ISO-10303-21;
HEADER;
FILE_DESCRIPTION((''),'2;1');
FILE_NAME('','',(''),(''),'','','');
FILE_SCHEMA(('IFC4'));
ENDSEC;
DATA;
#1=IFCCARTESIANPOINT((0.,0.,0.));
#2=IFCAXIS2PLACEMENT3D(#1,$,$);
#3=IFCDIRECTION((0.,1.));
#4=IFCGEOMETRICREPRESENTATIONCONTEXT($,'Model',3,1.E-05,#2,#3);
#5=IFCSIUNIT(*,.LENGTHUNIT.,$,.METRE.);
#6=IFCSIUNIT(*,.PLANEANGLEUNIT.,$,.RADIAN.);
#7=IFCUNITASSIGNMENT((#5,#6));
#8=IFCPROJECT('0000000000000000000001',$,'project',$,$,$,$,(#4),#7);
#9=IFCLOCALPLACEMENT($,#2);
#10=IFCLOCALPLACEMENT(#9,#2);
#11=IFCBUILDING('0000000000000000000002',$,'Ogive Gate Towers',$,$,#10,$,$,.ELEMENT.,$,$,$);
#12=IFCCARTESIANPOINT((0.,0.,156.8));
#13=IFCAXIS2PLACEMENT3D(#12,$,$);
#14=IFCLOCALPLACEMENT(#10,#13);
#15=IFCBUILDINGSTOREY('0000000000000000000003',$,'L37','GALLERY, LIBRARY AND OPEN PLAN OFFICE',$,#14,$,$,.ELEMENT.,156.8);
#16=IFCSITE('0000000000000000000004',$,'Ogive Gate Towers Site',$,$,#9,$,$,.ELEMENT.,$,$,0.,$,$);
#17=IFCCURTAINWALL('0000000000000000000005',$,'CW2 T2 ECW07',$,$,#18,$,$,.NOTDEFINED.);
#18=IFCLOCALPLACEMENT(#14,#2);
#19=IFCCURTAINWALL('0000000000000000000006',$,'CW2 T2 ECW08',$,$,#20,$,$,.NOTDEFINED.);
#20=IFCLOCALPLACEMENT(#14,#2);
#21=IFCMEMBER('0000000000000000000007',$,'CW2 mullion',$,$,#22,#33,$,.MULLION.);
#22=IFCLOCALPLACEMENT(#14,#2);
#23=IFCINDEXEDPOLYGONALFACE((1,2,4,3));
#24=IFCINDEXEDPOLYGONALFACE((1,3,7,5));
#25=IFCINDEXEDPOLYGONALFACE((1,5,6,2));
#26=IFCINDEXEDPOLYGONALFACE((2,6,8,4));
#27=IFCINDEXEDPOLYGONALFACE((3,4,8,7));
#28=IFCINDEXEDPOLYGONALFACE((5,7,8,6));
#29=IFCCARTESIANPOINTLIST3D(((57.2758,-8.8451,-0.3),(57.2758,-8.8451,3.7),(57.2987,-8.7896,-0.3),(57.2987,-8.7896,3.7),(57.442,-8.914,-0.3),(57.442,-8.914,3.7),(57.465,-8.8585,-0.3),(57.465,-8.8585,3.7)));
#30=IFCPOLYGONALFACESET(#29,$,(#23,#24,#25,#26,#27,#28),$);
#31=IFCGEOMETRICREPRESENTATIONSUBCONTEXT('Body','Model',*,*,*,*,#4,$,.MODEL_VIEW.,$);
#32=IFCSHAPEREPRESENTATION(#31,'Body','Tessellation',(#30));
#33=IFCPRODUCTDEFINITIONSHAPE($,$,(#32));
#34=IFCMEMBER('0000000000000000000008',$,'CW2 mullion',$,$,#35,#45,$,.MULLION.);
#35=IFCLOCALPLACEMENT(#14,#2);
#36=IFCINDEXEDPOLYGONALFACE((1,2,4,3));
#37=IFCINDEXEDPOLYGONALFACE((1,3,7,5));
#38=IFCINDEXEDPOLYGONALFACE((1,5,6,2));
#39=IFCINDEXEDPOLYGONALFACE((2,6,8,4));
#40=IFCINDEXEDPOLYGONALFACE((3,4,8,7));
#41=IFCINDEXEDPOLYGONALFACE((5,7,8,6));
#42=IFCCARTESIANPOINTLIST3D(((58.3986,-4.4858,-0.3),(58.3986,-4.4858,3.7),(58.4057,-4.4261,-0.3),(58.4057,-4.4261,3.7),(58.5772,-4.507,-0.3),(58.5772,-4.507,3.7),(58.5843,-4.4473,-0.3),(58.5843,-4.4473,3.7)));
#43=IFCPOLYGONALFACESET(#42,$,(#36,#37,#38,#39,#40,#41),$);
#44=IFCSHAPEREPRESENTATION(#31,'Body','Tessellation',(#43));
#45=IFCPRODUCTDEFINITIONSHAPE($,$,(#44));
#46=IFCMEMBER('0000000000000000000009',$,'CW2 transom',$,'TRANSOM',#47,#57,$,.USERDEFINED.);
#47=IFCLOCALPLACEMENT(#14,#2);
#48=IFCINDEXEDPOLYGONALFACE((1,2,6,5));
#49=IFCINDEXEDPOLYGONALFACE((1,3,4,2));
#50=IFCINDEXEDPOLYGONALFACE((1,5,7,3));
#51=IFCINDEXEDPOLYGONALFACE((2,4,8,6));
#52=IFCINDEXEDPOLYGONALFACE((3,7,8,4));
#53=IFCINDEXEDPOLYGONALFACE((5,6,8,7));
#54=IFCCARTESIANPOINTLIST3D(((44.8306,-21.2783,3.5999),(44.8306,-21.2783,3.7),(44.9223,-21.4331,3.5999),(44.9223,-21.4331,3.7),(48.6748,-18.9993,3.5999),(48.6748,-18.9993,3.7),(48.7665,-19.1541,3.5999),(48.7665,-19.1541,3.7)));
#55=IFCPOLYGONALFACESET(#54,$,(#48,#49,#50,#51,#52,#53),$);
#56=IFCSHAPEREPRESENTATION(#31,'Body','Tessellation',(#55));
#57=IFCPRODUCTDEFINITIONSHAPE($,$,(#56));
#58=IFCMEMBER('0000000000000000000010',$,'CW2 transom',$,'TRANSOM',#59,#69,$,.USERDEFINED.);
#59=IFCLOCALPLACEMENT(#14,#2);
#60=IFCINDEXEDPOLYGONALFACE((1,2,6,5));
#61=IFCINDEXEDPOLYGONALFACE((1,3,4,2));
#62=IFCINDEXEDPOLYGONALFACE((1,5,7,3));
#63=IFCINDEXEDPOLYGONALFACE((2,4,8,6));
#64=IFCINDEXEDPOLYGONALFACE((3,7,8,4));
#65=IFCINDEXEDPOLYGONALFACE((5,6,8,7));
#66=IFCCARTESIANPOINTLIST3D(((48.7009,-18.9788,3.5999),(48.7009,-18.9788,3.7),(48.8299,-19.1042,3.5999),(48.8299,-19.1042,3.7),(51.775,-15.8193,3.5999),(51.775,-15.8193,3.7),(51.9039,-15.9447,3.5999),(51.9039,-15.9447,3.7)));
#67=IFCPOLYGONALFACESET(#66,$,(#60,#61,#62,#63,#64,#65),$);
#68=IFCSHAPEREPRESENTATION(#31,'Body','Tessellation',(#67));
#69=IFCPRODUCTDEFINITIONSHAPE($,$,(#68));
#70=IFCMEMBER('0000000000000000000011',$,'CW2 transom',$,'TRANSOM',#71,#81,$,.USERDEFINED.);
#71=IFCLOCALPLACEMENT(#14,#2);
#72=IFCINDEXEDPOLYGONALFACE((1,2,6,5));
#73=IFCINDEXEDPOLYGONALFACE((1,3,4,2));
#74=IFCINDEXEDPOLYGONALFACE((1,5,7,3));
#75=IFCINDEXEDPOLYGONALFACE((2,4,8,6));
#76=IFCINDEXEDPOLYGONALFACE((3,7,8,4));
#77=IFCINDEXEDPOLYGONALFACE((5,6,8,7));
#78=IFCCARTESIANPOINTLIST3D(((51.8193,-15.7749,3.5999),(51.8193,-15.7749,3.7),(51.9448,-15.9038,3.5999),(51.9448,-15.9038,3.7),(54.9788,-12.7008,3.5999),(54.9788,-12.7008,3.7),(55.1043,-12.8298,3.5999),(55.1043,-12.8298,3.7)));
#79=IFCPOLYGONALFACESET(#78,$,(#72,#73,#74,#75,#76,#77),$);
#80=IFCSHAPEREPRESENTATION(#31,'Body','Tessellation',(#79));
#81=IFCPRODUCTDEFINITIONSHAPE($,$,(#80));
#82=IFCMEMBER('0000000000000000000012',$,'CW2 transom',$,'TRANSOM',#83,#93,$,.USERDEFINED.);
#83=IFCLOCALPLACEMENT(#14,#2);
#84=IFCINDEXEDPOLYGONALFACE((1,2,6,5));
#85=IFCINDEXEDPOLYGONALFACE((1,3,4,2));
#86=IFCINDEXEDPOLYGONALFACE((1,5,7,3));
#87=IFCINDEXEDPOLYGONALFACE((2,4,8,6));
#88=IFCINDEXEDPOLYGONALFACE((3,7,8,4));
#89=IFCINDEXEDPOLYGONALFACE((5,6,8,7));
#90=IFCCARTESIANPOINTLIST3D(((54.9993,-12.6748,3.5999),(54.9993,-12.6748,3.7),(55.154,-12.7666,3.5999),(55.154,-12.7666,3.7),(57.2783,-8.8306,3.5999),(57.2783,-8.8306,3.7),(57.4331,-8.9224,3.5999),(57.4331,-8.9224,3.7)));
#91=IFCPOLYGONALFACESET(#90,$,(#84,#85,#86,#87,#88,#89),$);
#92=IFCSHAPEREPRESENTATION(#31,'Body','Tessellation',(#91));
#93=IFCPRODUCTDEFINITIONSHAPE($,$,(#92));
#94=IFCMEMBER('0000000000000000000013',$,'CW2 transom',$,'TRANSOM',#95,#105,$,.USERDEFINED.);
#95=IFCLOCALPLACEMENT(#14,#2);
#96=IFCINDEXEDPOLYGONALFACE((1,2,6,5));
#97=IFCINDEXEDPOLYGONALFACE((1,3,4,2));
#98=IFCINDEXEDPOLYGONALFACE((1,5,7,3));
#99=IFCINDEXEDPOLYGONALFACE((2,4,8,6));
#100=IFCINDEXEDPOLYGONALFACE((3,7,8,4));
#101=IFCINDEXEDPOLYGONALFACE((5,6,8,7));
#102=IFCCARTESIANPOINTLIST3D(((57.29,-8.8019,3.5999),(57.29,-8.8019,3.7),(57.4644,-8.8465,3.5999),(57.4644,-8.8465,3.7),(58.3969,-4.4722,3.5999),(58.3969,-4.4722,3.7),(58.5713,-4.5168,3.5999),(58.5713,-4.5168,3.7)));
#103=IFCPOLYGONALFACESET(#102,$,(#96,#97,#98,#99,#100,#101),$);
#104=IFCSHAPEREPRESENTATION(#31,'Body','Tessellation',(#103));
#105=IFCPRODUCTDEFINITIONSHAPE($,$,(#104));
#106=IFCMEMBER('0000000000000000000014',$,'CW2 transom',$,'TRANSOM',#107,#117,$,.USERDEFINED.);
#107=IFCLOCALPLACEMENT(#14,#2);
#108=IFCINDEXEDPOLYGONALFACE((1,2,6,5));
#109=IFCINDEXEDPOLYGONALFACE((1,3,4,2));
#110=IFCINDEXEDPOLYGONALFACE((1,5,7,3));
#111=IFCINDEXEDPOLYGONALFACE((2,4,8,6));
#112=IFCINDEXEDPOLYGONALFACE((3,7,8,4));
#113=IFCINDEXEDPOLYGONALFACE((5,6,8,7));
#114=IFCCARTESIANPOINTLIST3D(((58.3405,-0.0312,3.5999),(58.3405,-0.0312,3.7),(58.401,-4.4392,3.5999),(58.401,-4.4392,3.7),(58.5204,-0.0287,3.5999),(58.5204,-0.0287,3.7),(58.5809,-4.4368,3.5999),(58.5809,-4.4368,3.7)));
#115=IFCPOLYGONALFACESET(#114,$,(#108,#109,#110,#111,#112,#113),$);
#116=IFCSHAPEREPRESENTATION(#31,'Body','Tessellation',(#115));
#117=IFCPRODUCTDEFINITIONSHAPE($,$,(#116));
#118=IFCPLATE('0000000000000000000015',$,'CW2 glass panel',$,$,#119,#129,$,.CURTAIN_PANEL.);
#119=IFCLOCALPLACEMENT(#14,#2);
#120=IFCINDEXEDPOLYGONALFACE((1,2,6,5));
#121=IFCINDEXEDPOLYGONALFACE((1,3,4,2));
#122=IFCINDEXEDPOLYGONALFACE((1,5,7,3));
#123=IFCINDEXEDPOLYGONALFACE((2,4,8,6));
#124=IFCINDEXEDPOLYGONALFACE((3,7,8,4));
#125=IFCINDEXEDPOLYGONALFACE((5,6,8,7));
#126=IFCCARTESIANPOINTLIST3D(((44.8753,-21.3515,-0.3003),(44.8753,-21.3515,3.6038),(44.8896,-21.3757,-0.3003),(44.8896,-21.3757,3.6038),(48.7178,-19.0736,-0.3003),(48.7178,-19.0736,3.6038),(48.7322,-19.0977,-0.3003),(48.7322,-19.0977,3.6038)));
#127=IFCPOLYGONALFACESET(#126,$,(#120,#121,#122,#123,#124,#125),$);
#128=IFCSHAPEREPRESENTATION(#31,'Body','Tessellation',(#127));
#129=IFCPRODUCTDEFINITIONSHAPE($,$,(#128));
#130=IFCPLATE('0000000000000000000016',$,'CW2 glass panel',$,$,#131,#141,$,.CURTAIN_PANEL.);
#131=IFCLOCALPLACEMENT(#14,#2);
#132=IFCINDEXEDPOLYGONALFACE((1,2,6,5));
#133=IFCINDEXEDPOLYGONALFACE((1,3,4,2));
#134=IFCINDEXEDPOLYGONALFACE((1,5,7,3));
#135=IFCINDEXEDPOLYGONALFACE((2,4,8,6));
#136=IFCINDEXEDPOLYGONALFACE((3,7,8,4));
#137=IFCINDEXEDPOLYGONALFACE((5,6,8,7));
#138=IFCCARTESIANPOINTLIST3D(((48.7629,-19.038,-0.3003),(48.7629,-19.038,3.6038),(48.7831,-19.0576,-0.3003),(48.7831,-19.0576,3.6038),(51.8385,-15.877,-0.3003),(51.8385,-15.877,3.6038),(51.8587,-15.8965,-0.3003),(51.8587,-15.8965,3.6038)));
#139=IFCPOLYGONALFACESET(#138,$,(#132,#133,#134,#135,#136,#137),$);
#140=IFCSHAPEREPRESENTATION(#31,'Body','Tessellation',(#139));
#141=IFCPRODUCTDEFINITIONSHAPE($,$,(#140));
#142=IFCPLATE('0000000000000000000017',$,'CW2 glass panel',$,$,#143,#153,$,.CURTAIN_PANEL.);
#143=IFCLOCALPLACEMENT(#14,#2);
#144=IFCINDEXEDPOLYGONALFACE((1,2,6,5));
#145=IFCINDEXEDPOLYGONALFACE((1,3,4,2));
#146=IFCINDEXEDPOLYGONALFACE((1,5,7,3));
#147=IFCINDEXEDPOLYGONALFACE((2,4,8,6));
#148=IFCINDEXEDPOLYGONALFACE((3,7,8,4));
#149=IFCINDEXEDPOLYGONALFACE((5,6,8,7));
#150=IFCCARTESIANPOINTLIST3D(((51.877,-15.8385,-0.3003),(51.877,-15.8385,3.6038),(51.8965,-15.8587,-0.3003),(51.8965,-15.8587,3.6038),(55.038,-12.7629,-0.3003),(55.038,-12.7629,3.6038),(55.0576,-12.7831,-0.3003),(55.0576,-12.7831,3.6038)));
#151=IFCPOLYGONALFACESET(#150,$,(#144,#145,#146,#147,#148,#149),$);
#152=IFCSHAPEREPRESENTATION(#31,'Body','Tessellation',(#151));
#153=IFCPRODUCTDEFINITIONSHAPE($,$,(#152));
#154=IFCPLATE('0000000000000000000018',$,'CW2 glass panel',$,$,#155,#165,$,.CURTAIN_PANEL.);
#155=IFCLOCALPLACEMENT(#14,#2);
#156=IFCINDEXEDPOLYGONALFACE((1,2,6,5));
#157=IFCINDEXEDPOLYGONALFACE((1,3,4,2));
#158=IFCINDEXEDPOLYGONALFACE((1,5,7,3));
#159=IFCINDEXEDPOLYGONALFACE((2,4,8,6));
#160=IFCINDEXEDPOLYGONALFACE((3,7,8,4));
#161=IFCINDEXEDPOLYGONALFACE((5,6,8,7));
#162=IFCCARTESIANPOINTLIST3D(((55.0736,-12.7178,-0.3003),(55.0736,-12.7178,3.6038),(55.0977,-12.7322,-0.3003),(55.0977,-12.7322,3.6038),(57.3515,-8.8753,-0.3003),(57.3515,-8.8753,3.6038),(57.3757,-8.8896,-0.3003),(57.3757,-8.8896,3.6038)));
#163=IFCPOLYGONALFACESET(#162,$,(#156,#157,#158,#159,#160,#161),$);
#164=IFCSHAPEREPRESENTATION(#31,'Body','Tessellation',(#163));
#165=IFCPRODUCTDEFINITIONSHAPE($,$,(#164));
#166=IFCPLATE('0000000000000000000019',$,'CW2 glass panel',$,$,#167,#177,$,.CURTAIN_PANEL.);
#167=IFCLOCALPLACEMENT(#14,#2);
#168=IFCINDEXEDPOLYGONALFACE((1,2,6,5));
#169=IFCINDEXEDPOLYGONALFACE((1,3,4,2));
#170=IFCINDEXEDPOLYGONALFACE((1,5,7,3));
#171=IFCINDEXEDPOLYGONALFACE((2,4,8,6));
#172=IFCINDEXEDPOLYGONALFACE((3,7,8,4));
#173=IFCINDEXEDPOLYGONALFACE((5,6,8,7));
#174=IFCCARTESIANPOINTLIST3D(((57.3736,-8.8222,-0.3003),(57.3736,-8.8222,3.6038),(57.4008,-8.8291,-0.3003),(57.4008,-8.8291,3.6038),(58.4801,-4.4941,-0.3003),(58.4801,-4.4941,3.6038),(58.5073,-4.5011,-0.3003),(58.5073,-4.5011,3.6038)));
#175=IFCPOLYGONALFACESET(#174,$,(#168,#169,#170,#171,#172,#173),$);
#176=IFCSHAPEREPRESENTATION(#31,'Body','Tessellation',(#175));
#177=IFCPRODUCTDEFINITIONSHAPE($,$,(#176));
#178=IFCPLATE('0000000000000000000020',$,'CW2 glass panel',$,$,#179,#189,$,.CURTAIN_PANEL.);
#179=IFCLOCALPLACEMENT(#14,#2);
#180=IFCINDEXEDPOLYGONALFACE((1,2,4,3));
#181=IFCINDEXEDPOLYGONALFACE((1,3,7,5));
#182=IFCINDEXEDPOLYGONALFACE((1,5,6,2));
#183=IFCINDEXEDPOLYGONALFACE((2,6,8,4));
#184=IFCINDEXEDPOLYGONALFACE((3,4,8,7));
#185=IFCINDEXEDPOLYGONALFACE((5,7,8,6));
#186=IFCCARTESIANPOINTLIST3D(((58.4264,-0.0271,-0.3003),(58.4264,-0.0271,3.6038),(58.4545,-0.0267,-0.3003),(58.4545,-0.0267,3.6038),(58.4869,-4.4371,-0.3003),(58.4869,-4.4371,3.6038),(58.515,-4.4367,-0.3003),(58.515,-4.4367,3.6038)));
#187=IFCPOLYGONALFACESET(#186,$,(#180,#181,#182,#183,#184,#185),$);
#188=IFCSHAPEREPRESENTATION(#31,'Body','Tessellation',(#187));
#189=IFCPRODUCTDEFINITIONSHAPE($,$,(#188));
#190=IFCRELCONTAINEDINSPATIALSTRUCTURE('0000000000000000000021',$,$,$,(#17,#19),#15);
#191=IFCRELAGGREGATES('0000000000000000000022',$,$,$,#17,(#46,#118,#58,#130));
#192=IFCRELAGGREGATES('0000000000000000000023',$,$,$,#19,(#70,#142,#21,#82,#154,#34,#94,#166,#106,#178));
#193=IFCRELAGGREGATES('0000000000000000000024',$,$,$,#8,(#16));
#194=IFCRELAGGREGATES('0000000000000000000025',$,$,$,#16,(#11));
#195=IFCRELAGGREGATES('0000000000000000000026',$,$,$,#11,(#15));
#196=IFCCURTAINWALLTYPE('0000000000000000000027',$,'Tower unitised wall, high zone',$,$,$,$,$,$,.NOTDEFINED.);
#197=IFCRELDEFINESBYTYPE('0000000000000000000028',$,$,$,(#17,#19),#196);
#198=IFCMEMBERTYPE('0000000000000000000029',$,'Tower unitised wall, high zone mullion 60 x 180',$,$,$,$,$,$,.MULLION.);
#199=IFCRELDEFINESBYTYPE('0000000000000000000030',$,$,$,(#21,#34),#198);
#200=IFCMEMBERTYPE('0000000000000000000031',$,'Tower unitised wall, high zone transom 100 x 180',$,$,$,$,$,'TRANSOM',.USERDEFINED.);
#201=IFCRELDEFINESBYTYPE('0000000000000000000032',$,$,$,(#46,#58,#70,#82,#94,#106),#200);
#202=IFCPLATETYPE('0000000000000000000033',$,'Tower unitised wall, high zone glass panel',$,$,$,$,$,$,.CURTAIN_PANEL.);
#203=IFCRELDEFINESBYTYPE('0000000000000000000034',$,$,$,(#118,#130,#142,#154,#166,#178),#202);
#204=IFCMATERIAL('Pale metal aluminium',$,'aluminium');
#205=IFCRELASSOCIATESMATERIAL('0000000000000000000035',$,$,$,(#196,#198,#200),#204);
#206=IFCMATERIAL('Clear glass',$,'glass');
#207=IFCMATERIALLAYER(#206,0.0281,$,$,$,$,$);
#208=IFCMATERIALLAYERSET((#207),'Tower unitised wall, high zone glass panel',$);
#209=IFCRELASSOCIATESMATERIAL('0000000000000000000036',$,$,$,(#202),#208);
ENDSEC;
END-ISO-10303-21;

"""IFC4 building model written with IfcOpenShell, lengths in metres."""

from ifc_helpers import new_model, si_unit, direction, frame, origin, origin_2d, place, context, subcontext, project, spatial, rectangle, extrude, material, layer, layer_set, material_profile, profile_set, type_object, element, aggregate, save


model = new_model("IFC4")

# Units and contexts
model_context = context("Model", 3, precision=1e-05, world=origin(), true_north=direction((0.0, 1.0)))
body_context = subcontext(model_context, "Body", "Model", "MODEL_VIEW")
ifc_project = project(units=[si_unit("LENGTHUNIT", "METRE"), si_unit("PLANEANGLEUNIT", "RADIAN")], contexts=[model_context])

# Site, building, storey
site_placement = place(None, origin())
site = spatial("IfcSite", under=ifc_project, at=site_placement, Name="Ogive Gate Towers Site", CompositionType="ELEMENT", RefElevation=0.0)
building_placement = place(site_placement, origin())
building = spatial("IfcBuilding", under=site, at=building_placement, Name="Ogive Gate Towers", CompositionType="ELEMENT")
storey_placement = place(building_placement, frame((0.0, 0.0, 156.8)))
storey = spatial("IfcBuildingStorey", under=building, at=storey_placement, Name="L37", Description="GALLERY, LIBRARY AND OPEN PLAN OFFICE", CompositionType="ELEMENT", Elevation=156.8)

# Curtain walls, members
ifc_material_1 = material(Name="Pale metal aluminium", Category="aluminium")
curtain_wall_type = type_object("IfcCurtainWallType", Name="Tower unitised wall, high zone", PredefinedType="NOTDEFINED", material=ifc_material_1)
curtain_wall_1_placement = place(storey_placement, origin())
curtain_wall_1 = element("IfcCurtainWall", 1, at=curtain_wall_1_placement, inside=storey, type_object=curtain_wall_type, Name="CW2 T2 ECW07", PredefinedType="NOTDEFINED")
ifc_material_profile_1 = material_profile(ifc_material_1, rectangle(XDim=0.1799, YDim=0.0601, at=origin_2d()), Name="60 x 180 aluminium box")
ifc_profile_set_1 = profile_set([ifc_material_profile_1], Name="Pale metal aluminium")
member_type_1 = type_object("IfcMemberType", Name="Tower unitised wall, high zone mullion 60 x 180", PredefinedType="MULLION", material=ifc_profile_set_1)
curtain_wall_2_placement = place(storey_placement, origin())
curtain_wall_2 = element("IfcCurtainWall", 2, at=curtain_wall_2_placement, inside=storey, type_object=curtain_wall_type, Name="CW2 T2 ECW08", PredefinedType="NOTDEFINED")
member_1_placement = place(storey_placement, frame((57.3704, -8.8518, -0.3), z_axis=(0.0, 0.0, 1.0), x_axis=(0.92388, -0.382683, 0.0)))
member_1 = element("IfcMember", 3, at=member_1_placement, type_object=member_type_1, Name="CW2 mullion", PredefinedType="MULLION", context=body_context, shape_type="SweptSolid", body=[
    extrude(rectangle(XDim=0.1799, YDim=0.0601, at=origin_2d()), origin(), (0.0, 0.0, 1.0), 4.0),
])
member_2_placement = place(storey_placement, frame((58.4915, -4.4666, -0.3), z_axis=(0.0, 0.0, 1.0), x_axis=(0.993013, -0.118005, 0.0)))
member_2 = element("IfcMember", 4, at=member_2_placement, type_object=member_type_1, Name="CW2 mullion", PredefinedType="MULLION", context=body_context, shape_type="SweptSolid", body=[
    extrude(rectangle(XDim=0.1799, YDim=0.0601, at=origin_2d()), origin(), (0.0, 0.0, 1.0), 4.0),
])

# Members
ifc_material_profile_2 = material_profile(ifc_material_1, rectangle(XDim=0.1799, YDim=0.1001, at=origin_2d()), Name="100 x 180 aluminium box")
ifc_profile_set_2 = profile_set([ifc_material_profile_2], Name="Pale metal aluminium")
member_type_2 = type_object("IfcMemberType", Name="Tower unitised wall, high zone transom 100 x 180", ElementType="TRANSOM", PredefinedType="USERDEFINED", material=ifc_profile_set_2)
member_3_placement = place(storey_placement, frame((44.8765, -21.3557, 3.6499), z_axis=(0.860195, 0.509966, 0.0), x_axis=(-0.509966, 0.860195, 0.0)))
member_3 = element("IfcMember", 5, at=member_3_placement, type_object=member_type_2, Name="CW2 transom", ObjectType="TRANSOM", PredefinedType="USERDEFINED", context=body_context, shape_type="SweptSolid", body=[
    extrude(rectangle(XDim=0.1799, YDim=0.1001, at=origin_2d()), origin(), (0.0, 0.0, 1.0), 4.469),
])
member_4_placement = place(storey_placement, frame((48.7654, -19.0415, 3.6499), z_axis=(0.697348, 0.716733, 0.0), x_axis=(-0.716733, 0.697348, 0.0)))
member_4 = element("IfcMember", 6, at=member_4_placement, type_object=member_type_2, Name="CW2 transom", ObjectType="TRANSOM", PredefinedType="USERDEFINED", context=body_context, shape_type="SweptSolid", body=[
    extrude(rectangle(XDim=0.1799, YDim=0.1001, at=origin_2d()), origin(), (0.0, 0.0, 1.0), 4.4082),
])
member_5_placement = place(storey_placement, frame((51.8821, -15.8394, 3.6499), z_axis=(0.716733, 0.697348, 0.0), x_axis=(-0.697348, 0.716733, 0.0)))
member_5 = element("IfcMember", 7, at=member_5_placement, type_object=member_type_2, Name="CW2 transom", ObjectType="TRANSOM", PredefinedType="USERDEFINED", context=body_context, shape_type="SweptSolid", body=[
    extrude(rectangle(XDim=0.1799, YDim=0.1001, at=origin_2d()), origin(), (0.0, 0.0, 1.0), 4.4082),
])
member_6_placement = place(storey_placement, frame((55.0767, -12.7207, 3.6499), z_axis=(0.509966, 0.860195, 0.0), x_axis=(-0.860195, 0.509966, 0.0)))
member_6 = element("IfcMember", 8, at=member_6_placement, type_object=member_type_2, Name="CW2 transom", ObjectType="TRANSOM", PredefinedType="USERDEFINED", context=body_context, shape_type="SweptSolid", body=[
    extrude(rectangle(XDim=0.1799, YDim=0.1001, at=origin_2d()), origin(), (0.0, 0.0, 1.0), 4.469),
])
member_7_placement = place(storey_placement, frame((57.3772, -8.8242, 3.6499), z_axis=(0.247687, 0.96884, 0.0), x_axis=(-0.96884, 0.247687, 0.0)))
member_7 = element("IfcMember", 9, at=member_7_placement, type_object=member_type_2, Name="CW2 transom", ObjectType="TRANSOM", PredefinedType="USERDEFINED", context=body_context, shape_type="SweptSolid", body=[
    extrude(rectangle(XDim=0.1799, YDim=0.1001, at=origin_2d()), origin(), (0.0, 0.0, 1.0), 4.469),
])
member_8_placement = place(storey_placement, frame((58.491, -4.438, 3.6499), z_axis=(-0.013735, 0.999906, 0.0), x_axis=(-0.999906, -0.013735, 0.0)))
member_8 = element("IfcMember", 10, at=member_8_placement, type_object=member_type_2, Name="CW2 transom", ObjectType="TRANSOM", PredefinedType="USERDEFINED", context=body_context, shape_type="SweptSolid", body=[
    extrude(rectangle(XDim=0.1799, YDim=0.1001, at=origin_2d()), origin(), (0.0, 0.0, 1.0), 4.4084),
])

# Plates
ifc_material_2 = material(Name="Clear glass", Category="glass")
ifc_layer_1 = layer(ifc_material_2, 0.0281)
ifc_layer_set_1 = layer_set([ifc_layer_1], Name="Tower unitised wall, high zone glass panel")
plate_type = type_object("IfcPlateType", Name="Tower unitised wall, high zone glass panel", PredefinedType="CURTAIN_PANEL", material=ifc_layer_set_1)
plate_1_placement = place(storey_placement, frame((46.8037, -20.2246, -0.3003), z_axis=(0.0, 0.0, 1.0), x_axis=(0.860208, 0.509943, 0.0)))
plate_1 = element("IfcPlate", 11, at=plate_1_placement, type_object=plate_type, Name="CW2 glass panel", PredefinedType="CURTAIN_PANEL", context=body_context, shape_type="SweptSolid", body=[
    extrude(rectangle(XDim=4.467, YDim=0.0281, at=origin_2d()), origin(), (0.0, 0.0, 1.0), 3.9041),
])
plate_2_placement = place(storey_placement, frame((50.3108, -17.4673, -0.3003), z_axis=(0.0, 0.0, 1.0), x_axis=(0.697353, 0.716728, 0.0)))
plate_2 = element("IfcPlate", 12, at=plate_2_placement, type_object=plate_type, Name="CW2 glass panel", PredefinedType="CURTAIN_PANEL", context=body_context, shape_type="SweptSolid", body=[
    extrude(rectangle(XDim=4.4104, YDim=0.0281, at=origin_2d()), origin(), (0.0, 0.0, 1.0), 3.9041),
])
aggregate(curtain_wall_1, [member_3, plate_1, member_4, plate_2])
plate_3_placement = place(storey_placement, frame((53.4673, -14.3108, -0.3003), z_axis=(0.0, 0.0, 1.0), x_axis=(0.716728, 0.697353, 0.0)))
plate_3 = element("IfcPlate", 13, at=plate_3_placement, type_object=plate_type, Name="CW2 glass panel", PredefinedType="CURTAIN_PANEL", context=body_context, shape_type="SweptSolid", body=[
    extrude(rectangle(XDim=4.4104, YDim=0.0281, at=origin_2d()), origin(), (0.0, 0.0, 1.0), 3.9041),
])
plate_4_placement = place(storey_placement, frame((56.2246, -10.8037, -0.3003), z_axis=(0.0, 0.0, 1.0), x_axis=(0.509943, 0.860208, 0.0)))
plate_4 = element("IfcPlate", 14, at=plate_4_placement, type_object=plate_type, Name="CW2 glass panel", PredefinedType="CURTAIN_PANEL", context=body_context, shape_type="SweptSolid", body=[
    extrude(rectangle(XDim=4.467, YDim=0.0281, at=origin_2d()), origin(), (0.0, 0.0, 1.0), 3.9041),
])
plate_5_placement = place(storey_placement, frame((57.9404, -6.6616, -0.3003), z_axis=(0.0, 0.0, 1.0), x_axis=(0.247692, 0.968839, 0.0)))
plate_5 = element("IfcPlate", 15, at=plate_5_placement, type_object=plate_type, Name="CW2 glass panel", PredefinedType="CURTAIN_PANEL", context=body_context, shape_type="SweptSolid", body=[
    extrude(rectangle(XDim=4.4673, YDim=0.0281, at=origin_2d()), origin(), (0.0, 0.0, 1.0), 3.9041),
])
plate_6_placement = place(storey_placement, frame((58.4707, -2.2319, -0.3003), z_axis=(0.0, 0.0, 1.0), x_axis=(-0.013718, 0.999906, 0.0)))
plate_6 = element("IfcPlate", 16, at=plate_6_placement, type_object=plate_type, Name="CW2 glass panel", PredefinedType="CURTAIN_PANEL", context=body_context, shape_type="SweptSolid", body=[
    extrude(rectangle(XDim=4.4104, YDim=0.0281, at=origin_2d()), origin(), (0.0, 0.0, 1.0), 3.9041),
])
aggregate(curtain_wall_2, [member_5, plate_3, member_1, member_6, plate_4, member_2, member_7, plate_5, member_8, plate_6])

save(model, "model.ifc")
